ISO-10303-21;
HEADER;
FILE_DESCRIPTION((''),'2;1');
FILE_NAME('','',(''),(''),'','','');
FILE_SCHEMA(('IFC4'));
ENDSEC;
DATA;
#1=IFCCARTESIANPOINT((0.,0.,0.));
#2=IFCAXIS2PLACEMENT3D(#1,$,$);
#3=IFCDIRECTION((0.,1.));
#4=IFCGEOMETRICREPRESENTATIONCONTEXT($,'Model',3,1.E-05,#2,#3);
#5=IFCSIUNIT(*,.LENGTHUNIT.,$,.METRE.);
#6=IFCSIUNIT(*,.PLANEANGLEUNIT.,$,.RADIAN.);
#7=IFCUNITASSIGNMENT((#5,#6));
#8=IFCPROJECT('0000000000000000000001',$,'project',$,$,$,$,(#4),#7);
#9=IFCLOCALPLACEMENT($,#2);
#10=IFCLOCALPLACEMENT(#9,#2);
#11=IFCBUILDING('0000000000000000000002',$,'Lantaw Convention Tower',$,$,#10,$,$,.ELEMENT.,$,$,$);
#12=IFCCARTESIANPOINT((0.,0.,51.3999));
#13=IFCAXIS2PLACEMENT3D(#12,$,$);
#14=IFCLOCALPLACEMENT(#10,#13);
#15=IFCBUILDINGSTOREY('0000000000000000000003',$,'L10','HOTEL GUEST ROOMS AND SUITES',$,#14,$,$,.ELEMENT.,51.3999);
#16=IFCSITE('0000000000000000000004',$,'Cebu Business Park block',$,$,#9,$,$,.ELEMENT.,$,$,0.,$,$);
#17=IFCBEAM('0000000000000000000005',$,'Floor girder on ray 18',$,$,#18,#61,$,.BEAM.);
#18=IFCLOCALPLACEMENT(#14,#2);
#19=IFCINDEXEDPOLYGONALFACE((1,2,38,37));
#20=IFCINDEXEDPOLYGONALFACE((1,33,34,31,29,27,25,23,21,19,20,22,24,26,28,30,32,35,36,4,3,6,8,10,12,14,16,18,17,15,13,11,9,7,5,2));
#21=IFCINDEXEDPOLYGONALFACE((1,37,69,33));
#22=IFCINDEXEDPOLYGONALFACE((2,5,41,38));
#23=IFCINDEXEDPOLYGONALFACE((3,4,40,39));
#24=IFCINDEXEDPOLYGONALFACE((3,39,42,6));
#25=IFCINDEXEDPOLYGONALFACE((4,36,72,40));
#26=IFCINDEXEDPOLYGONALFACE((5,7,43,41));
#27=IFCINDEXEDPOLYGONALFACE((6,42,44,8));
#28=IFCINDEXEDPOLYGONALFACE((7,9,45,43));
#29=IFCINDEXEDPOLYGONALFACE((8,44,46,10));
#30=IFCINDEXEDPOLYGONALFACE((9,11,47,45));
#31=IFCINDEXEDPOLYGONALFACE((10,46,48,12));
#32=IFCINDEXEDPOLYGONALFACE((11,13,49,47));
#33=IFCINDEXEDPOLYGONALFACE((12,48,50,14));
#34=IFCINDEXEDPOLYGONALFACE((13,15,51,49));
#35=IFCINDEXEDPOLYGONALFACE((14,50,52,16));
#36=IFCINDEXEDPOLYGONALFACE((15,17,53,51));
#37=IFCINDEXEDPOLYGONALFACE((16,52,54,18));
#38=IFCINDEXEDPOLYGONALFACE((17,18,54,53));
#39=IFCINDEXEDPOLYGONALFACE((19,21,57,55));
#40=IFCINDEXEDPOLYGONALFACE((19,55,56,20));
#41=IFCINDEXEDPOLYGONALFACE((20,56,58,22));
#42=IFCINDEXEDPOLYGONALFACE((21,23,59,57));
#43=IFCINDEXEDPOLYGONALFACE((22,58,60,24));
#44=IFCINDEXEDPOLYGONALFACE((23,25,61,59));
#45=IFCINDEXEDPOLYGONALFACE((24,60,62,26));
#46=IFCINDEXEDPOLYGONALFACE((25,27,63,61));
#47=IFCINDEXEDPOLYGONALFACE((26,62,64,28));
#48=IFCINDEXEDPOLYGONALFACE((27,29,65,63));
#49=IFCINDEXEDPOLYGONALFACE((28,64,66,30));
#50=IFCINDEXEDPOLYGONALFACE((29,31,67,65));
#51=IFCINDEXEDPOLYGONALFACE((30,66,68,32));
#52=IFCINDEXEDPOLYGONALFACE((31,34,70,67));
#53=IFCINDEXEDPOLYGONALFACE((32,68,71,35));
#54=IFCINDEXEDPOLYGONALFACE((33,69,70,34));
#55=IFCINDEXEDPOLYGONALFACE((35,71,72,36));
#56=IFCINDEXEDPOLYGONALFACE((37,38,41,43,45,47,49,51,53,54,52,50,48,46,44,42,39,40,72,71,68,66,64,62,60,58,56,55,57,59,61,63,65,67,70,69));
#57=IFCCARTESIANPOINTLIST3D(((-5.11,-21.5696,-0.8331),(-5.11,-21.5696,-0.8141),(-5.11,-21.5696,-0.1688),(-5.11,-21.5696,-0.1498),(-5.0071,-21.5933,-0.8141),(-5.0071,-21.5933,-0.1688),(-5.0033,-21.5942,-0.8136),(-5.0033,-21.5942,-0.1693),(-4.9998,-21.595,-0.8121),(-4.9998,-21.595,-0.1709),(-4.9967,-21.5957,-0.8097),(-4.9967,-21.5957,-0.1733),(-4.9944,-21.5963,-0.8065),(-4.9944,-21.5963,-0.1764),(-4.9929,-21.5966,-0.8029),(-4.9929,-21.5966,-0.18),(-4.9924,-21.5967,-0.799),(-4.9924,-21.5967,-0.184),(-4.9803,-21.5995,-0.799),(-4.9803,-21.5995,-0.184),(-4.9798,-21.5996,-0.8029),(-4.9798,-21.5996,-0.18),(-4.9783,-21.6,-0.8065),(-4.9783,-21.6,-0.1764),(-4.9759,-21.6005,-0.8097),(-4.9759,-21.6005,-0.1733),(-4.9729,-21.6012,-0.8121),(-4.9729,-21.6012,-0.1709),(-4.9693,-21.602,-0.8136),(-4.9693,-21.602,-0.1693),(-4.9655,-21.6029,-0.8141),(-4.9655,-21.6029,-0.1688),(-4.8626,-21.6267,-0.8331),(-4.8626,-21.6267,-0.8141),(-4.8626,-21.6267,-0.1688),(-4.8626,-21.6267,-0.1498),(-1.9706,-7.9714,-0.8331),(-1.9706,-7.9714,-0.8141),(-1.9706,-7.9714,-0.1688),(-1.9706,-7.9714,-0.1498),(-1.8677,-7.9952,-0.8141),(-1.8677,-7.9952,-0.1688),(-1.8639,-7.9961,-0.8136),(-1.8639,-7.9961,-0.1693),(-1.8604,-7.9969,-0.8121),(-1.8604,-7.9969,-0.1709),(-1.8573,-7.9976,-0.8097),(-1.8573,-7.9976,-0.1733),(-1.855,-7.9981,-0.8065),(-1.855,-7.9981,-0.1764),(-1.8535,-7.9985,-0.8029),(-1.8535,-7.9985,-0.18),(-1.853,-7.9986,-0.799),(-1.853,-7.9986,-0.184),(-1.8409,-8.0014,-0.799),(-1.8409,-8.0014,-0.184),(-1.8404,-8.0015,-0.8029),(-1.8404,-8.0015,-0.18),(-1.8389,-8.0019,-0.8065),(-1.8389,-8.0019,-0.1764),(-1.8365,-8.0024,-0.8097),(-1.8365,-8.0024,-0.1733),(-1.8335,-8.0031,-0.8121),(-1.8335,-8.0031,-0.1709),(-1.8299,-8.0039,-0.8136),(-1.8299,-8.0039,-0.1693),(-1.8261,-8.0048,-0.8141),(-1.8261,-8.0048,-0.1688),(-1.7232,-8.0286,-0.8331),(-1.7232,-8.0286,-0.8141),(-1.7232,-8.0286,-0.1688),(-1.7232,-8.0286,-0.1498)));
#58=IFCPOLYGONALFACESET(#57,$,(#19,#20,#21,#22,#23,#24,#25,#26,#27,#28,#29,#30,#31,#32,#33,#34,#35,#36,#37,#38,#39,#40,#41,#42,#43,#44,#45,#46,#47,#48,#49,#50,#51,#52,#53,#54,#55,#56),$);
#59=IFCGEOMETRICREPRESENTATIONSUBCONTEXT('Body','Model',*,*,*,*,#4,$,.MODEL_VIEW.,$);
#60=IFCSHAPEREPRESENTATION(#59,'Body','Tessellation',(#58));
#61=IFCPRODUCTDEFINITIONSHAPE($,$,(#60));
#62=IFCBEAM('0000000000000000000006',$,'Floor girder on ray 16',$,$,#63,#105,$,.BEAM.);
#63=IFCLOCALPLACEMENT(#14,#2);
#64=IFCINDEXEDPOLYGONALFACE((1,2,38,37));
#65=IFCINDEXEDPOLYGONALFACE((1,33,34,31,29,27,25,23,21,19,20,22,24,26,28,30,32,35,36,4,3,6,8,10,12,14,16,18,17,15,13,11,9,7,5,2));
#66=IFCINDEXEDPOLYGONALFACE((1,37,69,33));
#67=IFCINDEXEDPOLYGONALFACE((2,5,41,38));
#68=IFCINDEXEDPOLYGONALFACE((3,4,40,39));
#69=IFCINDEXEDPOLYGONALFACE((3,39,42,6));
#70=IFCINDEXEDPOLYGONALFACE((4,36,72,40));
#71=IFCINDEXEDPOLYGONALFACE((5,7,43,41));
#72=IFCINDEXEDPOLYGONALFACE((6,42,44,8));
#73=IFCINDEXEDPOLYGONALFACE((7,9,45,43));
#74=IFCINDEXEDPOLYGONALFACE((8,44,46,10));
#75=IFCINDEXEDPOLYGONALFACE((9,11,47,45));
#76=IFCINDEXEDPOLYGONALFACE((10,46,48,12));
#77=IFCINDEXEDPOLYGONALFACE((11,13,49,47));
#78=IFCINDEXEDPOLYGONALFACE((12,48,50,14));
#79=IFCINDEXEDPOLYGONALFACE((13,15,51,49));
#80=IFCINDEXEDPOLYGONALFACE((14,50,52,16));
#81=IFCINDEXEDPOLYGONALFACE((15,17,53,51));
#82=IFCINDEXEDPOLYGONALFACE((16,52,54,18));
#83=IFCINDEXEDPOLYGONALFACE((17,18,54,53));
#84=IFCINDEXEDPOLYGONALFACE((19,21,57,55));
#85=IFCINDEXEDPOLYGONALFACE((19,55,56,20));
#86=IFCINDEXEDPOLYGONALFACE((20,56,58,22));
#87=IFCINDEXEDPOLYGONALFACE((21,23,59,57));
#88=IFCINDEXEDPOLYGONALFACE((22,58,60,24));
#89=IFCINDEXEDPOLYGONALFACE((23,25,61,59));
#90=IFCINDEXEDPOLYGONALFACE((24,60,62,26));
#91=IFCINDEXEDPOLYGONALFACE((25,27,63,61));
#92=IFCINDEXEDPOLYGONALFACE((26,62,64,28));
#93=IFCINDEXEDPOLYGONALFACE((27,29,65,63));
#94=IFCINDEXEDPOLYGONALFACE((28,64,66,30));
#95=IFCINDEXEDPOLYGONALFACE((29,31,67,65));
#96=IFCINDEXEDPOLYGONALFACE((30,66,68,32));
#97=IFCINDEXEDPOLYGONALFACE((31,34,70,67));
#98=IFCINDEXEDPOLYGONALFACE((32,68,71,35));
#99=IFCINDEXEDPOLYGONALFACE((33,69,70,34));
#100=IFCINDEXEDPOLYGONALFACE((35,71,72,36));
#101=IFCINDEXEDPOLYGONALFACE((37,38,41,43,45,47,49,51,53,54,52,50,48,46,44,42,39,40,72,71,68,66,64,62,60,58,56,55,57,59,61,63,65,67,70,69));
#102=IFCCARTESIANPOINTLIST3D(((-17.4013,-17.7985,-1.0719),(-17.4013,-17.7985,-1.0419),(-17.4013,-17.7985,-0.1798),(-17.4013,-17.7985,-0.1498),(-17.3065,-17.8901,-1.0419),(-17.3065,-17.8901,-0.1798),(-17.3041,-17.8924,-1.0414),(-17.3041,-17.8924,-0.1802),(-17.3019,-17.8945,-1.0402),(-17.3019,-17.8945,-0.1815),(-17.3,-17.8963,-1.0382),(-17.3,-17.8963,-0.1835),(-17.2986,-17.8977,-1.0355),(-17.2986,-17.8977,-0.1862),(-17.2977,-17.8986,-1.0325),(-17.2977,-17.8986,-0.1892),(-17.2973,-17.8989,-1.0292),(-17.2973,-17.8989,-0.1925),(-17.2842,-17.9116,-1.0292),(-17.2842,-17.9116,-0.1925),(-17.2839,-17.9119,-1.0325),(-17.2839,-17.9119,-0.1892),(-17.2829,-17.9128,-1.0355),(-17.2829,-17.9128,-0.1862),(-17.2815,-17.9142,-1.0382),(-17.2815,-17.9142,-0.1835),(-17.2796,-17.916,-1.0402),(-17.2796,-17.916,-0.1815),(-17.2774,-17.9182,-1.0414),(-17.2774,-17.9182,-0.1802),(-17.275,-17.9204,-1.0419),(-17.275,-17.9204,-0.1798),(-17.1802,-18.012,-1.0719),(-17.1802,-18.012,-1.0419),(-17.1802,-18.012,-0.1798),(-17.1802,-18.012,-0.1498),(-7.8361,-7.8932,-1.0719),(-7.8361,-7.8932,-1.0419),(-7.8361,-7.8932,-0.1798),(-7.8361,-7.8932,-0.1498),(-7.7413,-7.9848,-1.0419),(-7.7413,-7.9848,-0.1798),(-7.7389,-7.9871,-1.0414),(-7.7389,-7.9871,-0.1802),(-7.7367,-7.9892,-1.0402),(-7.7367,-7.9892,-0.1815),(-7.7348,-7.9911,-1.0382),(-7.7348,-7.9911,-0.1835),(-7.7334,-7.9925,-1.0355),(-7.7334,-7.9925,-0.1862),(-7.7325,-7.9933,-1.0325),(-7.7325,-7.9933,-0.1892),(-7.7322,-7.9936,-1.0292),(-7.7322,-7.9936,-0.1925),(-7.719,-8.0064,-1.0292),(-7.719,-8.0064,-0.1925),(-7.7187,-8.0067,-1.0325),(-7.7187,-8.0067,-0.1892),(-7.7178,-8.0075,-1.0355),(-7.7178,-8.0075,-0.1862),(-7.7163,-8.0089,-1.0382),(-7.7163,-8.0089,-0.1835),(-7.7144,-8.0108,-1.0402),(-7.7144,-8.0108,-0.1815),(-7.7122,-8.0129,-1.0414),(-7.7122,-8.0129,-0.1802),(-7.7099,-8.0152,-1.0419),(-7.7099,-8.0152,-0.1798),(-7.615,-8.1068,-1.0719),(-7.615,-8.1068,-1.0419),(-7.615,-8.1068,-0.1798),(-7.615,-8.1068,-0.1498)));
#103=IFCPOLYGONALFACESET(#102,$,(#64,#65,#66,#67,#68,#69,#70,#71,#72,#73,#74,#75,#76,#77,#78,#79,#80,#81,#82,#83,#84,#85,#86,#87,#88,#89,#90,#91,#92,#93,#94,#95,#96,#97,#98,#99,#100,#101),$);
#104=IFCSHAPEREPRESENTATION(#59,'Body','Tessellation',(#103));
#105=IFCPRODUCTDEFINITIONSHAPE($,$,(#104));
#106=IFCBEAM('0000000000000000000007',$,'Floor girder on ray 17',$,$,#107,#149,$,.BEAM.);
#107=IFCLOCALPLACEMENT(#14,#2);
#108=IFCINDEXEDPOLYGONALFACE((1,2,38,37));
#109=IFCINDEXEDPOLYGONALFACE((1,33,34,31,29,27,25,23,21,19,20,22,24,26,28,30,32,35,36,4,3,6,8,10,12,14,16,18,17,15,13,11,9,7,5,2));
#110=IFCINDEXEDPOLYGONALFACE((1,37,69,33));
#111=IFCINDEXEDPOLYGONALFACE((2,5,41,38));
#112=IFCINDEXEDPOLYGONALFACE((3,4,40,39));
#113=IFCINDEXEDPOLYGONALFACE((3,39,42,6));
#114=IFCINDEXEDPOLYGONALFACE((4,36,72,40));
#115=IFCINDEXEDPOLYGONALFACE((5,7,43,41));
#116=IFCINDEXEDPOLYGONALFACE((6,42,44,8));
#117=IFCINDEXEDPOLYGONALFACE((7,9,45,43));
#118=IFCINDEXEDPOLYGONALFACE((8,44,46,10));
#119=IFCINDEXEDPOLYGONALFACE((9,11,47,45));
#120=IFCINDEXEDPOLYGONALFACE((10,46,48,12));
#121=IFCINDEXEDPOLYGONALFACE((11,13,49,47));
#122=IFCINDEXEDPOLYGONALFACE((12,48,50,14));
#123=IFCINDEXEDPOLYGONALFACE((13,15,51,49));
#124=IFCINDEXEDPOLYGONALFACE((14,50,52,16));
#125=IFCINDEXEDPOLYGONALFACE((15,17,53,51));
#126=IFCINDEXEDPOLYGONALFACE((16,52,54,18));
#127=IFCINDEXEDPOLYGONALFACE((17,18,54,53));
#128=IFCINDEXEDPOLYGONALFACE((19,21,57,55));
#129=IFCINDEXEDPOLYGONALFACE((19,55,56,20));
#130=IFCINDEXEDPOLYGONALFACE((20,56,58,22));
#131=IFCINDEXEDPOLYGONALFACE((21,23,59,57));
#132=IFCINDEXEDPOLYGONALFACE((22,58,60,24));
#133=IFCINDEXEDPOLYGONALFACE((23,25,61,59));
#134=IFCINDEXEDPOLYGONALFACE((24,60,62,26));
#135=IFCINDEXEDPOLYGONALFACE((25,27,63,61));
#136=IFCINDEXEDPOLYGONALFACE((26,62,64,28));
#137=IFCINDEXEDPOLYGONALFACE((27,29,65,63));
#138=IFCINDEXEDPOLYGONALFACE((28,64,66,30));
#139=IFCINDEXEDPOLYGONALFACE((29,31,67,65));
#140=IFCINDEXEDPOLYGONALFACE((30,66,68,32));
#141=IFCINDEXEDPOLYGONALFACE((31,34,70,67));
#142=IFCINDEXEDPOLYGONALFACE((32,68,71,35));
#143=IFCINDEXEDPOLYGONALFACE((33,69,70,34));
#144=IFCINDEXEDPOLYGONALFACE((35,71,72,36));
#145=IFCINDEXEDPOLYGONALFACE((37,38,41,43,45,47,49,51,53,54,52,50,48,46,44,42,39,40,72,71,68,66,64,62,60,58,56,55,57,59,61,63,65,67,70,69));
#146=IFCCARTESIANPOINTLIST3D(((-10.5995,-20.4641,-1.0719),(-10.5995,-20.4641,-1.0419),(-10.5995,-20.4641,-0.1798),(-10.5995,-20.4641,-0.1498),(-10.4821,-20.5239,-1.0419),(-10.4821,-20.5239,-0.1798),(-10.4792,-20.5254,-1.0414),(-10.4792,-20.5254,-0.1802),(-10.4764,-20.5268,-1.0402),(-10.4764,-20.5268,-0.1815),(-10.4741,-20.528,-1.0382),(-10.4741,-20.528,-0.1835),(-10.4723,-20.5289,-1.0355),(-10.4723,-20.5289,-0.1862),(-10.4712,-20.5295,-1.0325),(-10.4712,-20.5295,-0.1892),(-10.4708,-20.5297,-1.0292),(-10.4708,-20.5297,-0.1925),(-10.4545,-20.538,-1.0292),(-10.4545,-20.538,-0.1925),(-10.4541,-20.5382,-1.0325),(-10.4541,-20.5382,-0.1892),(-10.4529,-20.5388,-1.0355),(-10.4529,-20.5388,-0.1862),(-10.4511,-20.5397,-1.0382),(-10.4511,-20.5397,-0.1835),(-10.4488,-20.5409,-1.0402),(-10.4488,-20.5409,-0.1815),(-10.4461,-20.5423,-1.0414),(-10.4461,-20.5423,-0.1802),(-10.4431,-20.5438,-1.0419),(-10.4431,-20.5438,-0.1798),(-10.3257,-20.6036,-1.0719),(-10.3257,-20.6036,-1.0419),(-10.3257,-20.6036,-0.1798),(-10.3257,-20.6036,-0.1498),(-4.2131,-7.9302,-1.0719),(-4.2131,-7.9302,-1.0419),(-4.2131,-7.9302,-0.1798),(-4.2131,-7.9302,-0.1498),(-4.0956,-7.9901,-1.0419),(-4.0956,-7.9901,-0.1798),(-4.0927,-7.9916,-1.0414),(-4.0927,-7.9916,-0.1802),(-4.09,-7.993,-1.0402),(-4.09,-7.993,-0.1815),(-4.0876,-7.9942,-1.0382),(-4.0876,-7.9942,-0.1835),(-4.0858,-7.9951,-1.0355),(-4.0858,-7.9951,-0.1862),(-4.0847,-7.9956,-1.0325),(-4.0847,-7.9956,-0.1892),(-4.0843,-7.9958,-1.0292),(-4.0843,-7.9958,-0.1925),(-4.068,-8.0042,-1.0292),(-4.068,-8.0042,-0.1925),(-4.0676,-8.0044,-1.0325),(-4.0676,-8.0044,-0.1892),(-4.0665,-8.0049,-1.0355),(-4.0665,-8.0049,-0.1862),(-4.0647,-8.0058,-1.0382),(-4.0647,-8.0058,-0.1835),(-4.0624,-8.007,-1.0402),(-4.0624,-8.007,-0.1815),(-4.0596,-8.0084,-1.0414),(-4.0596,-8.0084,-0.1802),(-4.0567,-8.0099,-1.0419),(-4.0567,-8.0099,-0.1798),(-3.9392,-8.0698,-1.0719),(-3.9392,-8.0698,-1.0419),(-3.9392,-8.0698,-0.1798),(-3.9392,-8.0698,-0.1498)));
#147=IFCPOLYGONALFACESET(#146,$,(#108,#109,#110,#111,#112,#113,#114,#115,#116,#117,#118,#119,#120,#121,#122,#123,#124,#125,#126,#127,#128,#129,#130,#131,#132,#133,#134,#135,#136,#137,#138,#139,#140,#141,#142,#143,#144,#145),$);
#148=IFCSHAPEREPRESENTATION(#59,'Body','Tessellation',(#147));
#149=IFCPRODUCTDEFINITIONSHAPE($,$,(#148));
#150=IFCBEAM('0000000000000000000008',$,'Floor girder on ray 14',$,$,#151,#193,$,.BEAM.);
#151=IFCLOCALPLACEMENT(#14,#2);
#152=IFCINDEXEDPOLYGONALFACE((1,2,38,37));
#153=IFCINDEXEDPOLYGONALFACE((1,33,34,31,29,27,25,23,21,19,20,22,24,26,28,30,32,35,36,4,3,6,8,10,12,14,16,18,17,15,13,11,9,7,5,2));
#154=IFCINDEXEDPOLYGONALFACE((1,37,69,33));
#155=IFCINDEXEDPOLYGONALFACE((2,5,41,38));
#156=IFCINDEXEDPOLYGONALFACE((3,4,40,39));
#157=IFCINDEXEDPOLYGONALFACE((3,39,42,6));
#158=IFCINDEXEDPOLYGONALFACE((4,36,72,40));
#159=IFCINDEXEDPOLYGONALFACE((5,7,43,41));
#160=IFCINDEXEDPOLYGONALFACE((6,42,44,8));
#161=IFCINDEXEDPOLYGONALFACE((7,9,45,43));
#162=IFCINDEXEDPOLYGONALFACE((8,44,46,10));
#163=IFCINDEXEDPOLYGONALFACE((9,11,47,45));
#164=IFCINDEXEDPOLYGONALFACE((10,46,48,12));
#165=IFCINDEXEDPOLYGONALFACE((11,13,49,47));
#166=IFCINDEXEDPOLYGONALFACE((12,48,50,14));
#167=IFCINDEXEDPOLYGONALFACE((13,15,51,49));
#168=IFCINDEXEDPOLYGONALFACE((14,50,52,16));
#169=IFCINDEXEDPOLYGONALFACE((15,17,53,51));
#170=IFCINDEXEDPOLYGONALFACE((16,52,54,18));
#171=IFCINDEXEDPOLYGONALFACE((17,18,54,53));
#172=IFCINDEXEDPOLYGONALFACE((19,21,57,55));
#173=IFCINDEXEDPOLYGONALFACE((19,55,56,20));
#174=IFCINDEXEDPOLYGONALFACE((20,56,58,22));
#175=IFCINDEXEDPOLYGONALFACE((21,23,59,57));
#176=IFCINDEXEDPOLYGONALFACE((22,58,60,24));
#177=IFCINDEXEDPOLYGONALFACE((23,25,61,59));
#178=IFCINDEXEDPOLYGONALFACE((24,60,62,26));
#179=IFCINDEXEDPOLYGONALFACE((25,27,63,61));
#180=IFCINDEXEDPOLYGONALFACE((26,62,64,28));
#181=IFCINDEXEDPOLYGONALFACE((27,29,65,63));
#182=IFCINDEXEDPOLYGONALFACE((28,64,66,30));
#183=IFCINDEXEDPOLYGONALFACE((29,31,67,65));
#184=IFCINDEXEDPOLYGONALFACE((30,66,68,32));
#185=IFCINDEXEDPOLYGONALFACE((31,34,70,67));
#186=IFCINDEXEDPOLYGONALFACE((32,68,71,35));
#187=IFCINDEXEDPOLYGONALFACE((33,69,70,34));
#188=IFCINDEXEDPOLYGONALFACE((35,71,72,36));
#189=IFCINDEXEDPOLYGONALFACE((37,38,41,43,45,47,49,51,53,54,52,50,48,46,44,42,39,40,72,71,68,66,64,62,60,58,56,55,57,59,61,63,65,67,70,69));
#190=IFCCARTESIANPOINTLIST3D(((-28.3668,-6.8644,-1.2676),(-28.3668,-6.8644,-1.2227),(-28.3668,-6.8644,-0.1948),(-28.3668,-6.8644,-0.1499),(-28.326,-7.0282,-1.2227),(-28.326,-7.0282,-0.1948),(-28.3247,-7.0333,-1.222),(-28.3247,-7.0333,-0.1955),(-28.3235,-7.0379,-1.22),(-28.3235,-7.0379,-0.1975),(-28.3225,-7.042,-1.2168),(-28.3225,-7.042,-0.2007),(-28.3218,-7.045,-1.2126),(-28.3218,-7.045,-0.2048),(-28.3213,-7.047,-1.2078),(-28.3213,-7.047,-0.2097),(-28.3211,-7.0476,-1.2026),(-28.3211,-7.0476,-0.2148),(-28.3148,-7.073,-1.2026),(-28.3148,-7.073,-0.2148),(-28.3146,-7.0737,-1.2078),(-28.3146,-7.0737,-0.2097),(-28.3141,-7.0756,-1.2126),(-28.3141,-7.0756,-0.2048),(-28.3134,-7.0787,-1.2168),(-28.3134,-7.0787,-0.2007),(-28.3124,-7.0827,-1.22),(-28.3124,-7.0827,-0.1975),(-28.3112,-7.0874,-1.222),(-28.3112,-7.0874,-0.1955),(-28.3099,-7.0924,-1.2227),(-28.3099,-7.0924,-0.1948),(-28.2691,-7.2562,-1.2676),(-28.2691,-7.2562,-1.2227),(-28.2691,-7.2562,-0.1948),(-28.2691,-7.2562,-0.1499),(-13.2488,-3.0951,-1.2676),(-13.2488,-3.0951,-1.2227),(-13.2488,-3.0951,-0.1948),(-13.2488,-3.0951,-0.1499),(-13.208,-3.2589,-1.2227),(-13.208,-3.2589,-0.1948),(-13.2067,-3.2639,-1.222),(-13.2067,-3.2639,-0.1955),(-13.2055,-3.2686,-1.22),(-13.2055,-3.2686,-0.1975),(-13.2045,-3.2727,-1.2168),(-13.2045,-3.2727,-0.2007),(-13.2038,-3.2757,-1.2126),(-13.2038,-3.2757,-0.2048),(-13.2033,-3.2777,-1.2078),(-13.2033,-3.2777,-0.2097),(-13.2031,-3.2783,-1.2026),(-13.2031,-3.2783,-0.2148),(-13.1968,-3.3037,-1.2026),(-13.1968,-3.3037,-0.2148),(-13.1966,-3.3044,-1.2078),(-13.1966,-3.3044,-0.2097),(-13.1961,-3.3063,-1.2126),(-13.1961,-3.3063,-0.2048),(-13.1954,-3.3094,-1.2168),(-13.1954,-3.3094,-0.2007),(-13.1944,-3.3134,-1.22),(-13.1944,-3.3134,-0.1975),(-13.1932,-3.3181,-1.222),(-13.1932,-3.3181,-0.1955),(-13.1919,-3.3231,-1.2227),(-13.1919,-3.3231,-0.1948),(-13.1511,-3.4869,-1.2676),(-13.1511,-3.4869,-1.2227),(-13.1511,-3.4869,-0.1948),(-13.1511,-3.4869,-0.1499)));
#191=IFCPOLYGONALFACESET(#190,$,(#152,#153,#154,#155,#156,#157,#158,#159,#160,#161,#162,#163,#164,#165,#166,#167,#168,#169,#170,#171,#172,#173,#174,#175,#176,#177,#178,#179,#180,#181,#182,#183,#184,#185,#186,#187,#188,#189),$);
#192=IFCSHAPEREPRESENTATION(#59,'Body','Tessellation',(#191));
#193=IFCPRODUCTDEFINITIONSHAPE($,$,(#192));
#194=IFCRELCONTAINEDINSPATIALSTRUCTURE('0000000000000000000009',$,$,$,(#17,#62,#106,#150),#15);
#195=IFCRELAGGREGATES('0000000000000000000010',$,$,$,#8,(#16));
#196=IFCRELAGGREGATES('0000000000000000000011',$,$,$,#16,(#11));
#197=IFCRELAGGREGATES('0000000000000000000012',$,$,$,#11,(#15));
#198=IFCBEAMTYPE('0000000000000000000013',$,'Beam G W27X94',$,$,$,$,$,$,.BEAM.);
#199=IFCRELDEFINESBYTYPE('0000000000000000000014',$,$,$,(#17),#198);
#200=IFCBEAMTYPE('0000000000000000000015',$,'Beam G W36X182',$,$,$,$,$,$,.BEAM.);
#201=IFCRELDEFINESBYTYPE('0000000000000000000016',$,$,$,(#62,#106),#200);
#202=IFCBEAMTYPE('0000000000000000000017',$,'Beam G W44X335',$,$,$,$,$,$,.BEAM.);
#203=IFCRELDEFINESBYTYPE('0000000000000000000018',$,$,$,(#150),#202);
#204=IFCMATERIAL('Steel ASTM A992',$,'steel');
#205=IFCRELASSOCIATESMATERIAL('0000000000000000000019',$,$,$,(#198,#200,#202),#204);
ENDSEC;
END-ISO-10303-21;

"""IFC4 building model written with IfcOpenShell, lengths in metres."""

from ifc_helpers import new_model, si_unit, direction, frame, origin, origin_2d, place, context, subcontext, project, spatial, i_section, extrude, material, material_profile, profile_set, type_object, element, save


model = new_model("IFC4")

# Units and contexts
model_context = context("Model", 3, precision=1e-05, world=origin(), true_north=direction((0.0, 1.0)))
body_context = subcontext(model_context, "Body", "Model", "MODEL_VIEW")
ifc_project = project(units=[si_unit("LENGTHUNIT", "METRE"), si_unit("PLANEANGLEUNIT", "RADIAN")], contexts=[model_context])

# Site, building, storey
site_placement = place(None, origin())
site = spatial("IfcSite", under=ifc_project, at=site_placement, Name="Cebu Business Park block", CompositionType="ELEMENT", RefElevation=0.0)
building_placement = place(site_placement, origin())
building = spatial("IfcBuilding", under=site, at=building_placement, Name="Lantaw Convention Tower", CompositionType="ELEMENT")
storey_placement = place(building_placement, frame((0.0, 0.0, 51.3999)))
storey = spatial("IfcBuildingStorey", under=building, at=storey_placement, Name="L10", Description="HOTEL GUEST ROOMS AND SUITES", CompositionType="ELEMENT", Elevation=51.3999)

# Beams
ifc_material_1 = material(Name="Steel ASTM A992", Category="steel")
ifc_material_profile_1 = material_profile(ifc_material_1, i_section(OverallWidth=0.2539, OverallDepth=0.6833, WebThickness=0.0125, FlangeThickness=0.019, FilletRadius=0.0151, at=origin_2d()), Name="W27X94")
ifc_profile_set_1 = profile_set([ifc_material_profile_1], Name="Steel ASTM A992")
beam_type_1 = type_object("IfcBeamType", Name="Beam G W27X94", PredefinedType="BEAM", material=ifc_profile_set_1)
beam_1_placement = place(storey_placement, frame((-1.8469, -8.0, -0.4915), z_axis=(-0.224953, -0.97437, 0.0), x_axis=(0.97437, -0.224953, 0.0)))
element("IfcBeam", 1, at=beam_1_placement, inside=storey, type_object=beam_type_1, Name="Floor girder on ray 18", PredefinedType="BEAM", context=body_context, shape_type="SweptSolid", body=[
    extrude(i_section(OverallWidth=0.2539, OverallDepth=0.6833, WebThickness=0.0125, FlangeThickness=0.019, FilletRadius=0.0151, at=origin_2d()), origin(), (0.0, 0.0, 1.0), 13.9558),
])
ifc_material_profile_2 = material_profile(ifc_material_1, i_section(OverallWidth=0.3074, OverallDepth=0.9221, WebThickness=0.0183, FlangeThickness=0.03, FilletRadius=0.0127, at=origin_2d()), Name="W36X182")
ifc_profile_set_2 = profile_set([ifc_material_profile_2], Name="Steel ASTM A992")
beam_type_2 = type_object("IfcBeamType", Name="Beam G W36X182", PredefinedType="BEAM", material=ifc_profile_set_2)
beam_2_placement = place(storey_placement, frame((-7.7256, -8.0, -0.6108), z_axis=(-0.69465, -0.719348, 0.0), x_axis=(0.719348, -0.69465, 0.0)))
element("IfcBeam", 2, at=beam_2_placement, inside=storey, type_object=beam_type_2, Name="Floor girder on ray 16", PredefinedType="BEAM", context=body_context, shape_type="SweptSolid", body=[
    extrude(i_section(OverallWidth=0.3074, OverallDepth=0.9221, WebThickness=0.0183, FlangeThickness=0.03, FilletRadius=0.0127, at=origin_2d()), origin(), (0.0, 0.0, 1.0), 13.7698),
])
beam_3_placement = place(storey_placement, frame((-4.0762, -8.0, -0.6108), z_axis=(-0.453997, -0.891003, 0.0), x_axis=(0.891003, -0.453997, 0.0)))
element("IfcBeam", 3, at=beam_3_placement, inside=storey, type_object=beam_type_2, Name="Floor girder on ray 17", PredefinedType="BEAM", context=body_context, shape_type="SweptSolid", body=[
    extrude(i_section(OverallWidth=0.3074, OverallDepth=0.9221, WebThickness=0.0183, FlangeThickness=0.03, FilletRadius=0.0127, at=origin_2d()), origin(), (0.0, 0.0, 1.0), 14.0671),
])
ifc_material_profile_3 = material_profile(ifc_material_1, i_section(OverallWidth=0.4038, OverallDepth=1.1177, WebThickness=0.0261, FlangeThickness=0.0449, FilletRadius=0.02, at=origin_2d()), Name="W44X335")
ifc_profile_set_3 = profile_set([ifc_material_profile_3], Name="Steel ASTM A992")
beam_type_3 = type_object("IfcBeamType", Name="Beam G W44X335", PredefinedType="BEAM", material=ifc_profile_set_3)
beam_4_placement = place(storey_placement, frame((-13.2, -3.291, -0.7087), z_axis=(-0.970296, -0.24192, 0.0), x_axis=(0.24192, -0.970296, 0.0)))
element("IfcBeam", 4, at=beam_4_placement, inside=storey, type_object=beam_type_3, Name="Floor girder on ray 14", PredefinedType="BEAM", context=body_context, shape_type="SweptSolid", body=[
    extrude(i_section(OverallWidth=0.4038, OverallDepth=1.1177, WebThickness=0.0261, FlangeThickness=0.0449, FilletRadius=0.02, at=origin_2d()), origin(), (0.0, 0.0, 1.0), 15.5808),
])

save(model, "model.ifc")
